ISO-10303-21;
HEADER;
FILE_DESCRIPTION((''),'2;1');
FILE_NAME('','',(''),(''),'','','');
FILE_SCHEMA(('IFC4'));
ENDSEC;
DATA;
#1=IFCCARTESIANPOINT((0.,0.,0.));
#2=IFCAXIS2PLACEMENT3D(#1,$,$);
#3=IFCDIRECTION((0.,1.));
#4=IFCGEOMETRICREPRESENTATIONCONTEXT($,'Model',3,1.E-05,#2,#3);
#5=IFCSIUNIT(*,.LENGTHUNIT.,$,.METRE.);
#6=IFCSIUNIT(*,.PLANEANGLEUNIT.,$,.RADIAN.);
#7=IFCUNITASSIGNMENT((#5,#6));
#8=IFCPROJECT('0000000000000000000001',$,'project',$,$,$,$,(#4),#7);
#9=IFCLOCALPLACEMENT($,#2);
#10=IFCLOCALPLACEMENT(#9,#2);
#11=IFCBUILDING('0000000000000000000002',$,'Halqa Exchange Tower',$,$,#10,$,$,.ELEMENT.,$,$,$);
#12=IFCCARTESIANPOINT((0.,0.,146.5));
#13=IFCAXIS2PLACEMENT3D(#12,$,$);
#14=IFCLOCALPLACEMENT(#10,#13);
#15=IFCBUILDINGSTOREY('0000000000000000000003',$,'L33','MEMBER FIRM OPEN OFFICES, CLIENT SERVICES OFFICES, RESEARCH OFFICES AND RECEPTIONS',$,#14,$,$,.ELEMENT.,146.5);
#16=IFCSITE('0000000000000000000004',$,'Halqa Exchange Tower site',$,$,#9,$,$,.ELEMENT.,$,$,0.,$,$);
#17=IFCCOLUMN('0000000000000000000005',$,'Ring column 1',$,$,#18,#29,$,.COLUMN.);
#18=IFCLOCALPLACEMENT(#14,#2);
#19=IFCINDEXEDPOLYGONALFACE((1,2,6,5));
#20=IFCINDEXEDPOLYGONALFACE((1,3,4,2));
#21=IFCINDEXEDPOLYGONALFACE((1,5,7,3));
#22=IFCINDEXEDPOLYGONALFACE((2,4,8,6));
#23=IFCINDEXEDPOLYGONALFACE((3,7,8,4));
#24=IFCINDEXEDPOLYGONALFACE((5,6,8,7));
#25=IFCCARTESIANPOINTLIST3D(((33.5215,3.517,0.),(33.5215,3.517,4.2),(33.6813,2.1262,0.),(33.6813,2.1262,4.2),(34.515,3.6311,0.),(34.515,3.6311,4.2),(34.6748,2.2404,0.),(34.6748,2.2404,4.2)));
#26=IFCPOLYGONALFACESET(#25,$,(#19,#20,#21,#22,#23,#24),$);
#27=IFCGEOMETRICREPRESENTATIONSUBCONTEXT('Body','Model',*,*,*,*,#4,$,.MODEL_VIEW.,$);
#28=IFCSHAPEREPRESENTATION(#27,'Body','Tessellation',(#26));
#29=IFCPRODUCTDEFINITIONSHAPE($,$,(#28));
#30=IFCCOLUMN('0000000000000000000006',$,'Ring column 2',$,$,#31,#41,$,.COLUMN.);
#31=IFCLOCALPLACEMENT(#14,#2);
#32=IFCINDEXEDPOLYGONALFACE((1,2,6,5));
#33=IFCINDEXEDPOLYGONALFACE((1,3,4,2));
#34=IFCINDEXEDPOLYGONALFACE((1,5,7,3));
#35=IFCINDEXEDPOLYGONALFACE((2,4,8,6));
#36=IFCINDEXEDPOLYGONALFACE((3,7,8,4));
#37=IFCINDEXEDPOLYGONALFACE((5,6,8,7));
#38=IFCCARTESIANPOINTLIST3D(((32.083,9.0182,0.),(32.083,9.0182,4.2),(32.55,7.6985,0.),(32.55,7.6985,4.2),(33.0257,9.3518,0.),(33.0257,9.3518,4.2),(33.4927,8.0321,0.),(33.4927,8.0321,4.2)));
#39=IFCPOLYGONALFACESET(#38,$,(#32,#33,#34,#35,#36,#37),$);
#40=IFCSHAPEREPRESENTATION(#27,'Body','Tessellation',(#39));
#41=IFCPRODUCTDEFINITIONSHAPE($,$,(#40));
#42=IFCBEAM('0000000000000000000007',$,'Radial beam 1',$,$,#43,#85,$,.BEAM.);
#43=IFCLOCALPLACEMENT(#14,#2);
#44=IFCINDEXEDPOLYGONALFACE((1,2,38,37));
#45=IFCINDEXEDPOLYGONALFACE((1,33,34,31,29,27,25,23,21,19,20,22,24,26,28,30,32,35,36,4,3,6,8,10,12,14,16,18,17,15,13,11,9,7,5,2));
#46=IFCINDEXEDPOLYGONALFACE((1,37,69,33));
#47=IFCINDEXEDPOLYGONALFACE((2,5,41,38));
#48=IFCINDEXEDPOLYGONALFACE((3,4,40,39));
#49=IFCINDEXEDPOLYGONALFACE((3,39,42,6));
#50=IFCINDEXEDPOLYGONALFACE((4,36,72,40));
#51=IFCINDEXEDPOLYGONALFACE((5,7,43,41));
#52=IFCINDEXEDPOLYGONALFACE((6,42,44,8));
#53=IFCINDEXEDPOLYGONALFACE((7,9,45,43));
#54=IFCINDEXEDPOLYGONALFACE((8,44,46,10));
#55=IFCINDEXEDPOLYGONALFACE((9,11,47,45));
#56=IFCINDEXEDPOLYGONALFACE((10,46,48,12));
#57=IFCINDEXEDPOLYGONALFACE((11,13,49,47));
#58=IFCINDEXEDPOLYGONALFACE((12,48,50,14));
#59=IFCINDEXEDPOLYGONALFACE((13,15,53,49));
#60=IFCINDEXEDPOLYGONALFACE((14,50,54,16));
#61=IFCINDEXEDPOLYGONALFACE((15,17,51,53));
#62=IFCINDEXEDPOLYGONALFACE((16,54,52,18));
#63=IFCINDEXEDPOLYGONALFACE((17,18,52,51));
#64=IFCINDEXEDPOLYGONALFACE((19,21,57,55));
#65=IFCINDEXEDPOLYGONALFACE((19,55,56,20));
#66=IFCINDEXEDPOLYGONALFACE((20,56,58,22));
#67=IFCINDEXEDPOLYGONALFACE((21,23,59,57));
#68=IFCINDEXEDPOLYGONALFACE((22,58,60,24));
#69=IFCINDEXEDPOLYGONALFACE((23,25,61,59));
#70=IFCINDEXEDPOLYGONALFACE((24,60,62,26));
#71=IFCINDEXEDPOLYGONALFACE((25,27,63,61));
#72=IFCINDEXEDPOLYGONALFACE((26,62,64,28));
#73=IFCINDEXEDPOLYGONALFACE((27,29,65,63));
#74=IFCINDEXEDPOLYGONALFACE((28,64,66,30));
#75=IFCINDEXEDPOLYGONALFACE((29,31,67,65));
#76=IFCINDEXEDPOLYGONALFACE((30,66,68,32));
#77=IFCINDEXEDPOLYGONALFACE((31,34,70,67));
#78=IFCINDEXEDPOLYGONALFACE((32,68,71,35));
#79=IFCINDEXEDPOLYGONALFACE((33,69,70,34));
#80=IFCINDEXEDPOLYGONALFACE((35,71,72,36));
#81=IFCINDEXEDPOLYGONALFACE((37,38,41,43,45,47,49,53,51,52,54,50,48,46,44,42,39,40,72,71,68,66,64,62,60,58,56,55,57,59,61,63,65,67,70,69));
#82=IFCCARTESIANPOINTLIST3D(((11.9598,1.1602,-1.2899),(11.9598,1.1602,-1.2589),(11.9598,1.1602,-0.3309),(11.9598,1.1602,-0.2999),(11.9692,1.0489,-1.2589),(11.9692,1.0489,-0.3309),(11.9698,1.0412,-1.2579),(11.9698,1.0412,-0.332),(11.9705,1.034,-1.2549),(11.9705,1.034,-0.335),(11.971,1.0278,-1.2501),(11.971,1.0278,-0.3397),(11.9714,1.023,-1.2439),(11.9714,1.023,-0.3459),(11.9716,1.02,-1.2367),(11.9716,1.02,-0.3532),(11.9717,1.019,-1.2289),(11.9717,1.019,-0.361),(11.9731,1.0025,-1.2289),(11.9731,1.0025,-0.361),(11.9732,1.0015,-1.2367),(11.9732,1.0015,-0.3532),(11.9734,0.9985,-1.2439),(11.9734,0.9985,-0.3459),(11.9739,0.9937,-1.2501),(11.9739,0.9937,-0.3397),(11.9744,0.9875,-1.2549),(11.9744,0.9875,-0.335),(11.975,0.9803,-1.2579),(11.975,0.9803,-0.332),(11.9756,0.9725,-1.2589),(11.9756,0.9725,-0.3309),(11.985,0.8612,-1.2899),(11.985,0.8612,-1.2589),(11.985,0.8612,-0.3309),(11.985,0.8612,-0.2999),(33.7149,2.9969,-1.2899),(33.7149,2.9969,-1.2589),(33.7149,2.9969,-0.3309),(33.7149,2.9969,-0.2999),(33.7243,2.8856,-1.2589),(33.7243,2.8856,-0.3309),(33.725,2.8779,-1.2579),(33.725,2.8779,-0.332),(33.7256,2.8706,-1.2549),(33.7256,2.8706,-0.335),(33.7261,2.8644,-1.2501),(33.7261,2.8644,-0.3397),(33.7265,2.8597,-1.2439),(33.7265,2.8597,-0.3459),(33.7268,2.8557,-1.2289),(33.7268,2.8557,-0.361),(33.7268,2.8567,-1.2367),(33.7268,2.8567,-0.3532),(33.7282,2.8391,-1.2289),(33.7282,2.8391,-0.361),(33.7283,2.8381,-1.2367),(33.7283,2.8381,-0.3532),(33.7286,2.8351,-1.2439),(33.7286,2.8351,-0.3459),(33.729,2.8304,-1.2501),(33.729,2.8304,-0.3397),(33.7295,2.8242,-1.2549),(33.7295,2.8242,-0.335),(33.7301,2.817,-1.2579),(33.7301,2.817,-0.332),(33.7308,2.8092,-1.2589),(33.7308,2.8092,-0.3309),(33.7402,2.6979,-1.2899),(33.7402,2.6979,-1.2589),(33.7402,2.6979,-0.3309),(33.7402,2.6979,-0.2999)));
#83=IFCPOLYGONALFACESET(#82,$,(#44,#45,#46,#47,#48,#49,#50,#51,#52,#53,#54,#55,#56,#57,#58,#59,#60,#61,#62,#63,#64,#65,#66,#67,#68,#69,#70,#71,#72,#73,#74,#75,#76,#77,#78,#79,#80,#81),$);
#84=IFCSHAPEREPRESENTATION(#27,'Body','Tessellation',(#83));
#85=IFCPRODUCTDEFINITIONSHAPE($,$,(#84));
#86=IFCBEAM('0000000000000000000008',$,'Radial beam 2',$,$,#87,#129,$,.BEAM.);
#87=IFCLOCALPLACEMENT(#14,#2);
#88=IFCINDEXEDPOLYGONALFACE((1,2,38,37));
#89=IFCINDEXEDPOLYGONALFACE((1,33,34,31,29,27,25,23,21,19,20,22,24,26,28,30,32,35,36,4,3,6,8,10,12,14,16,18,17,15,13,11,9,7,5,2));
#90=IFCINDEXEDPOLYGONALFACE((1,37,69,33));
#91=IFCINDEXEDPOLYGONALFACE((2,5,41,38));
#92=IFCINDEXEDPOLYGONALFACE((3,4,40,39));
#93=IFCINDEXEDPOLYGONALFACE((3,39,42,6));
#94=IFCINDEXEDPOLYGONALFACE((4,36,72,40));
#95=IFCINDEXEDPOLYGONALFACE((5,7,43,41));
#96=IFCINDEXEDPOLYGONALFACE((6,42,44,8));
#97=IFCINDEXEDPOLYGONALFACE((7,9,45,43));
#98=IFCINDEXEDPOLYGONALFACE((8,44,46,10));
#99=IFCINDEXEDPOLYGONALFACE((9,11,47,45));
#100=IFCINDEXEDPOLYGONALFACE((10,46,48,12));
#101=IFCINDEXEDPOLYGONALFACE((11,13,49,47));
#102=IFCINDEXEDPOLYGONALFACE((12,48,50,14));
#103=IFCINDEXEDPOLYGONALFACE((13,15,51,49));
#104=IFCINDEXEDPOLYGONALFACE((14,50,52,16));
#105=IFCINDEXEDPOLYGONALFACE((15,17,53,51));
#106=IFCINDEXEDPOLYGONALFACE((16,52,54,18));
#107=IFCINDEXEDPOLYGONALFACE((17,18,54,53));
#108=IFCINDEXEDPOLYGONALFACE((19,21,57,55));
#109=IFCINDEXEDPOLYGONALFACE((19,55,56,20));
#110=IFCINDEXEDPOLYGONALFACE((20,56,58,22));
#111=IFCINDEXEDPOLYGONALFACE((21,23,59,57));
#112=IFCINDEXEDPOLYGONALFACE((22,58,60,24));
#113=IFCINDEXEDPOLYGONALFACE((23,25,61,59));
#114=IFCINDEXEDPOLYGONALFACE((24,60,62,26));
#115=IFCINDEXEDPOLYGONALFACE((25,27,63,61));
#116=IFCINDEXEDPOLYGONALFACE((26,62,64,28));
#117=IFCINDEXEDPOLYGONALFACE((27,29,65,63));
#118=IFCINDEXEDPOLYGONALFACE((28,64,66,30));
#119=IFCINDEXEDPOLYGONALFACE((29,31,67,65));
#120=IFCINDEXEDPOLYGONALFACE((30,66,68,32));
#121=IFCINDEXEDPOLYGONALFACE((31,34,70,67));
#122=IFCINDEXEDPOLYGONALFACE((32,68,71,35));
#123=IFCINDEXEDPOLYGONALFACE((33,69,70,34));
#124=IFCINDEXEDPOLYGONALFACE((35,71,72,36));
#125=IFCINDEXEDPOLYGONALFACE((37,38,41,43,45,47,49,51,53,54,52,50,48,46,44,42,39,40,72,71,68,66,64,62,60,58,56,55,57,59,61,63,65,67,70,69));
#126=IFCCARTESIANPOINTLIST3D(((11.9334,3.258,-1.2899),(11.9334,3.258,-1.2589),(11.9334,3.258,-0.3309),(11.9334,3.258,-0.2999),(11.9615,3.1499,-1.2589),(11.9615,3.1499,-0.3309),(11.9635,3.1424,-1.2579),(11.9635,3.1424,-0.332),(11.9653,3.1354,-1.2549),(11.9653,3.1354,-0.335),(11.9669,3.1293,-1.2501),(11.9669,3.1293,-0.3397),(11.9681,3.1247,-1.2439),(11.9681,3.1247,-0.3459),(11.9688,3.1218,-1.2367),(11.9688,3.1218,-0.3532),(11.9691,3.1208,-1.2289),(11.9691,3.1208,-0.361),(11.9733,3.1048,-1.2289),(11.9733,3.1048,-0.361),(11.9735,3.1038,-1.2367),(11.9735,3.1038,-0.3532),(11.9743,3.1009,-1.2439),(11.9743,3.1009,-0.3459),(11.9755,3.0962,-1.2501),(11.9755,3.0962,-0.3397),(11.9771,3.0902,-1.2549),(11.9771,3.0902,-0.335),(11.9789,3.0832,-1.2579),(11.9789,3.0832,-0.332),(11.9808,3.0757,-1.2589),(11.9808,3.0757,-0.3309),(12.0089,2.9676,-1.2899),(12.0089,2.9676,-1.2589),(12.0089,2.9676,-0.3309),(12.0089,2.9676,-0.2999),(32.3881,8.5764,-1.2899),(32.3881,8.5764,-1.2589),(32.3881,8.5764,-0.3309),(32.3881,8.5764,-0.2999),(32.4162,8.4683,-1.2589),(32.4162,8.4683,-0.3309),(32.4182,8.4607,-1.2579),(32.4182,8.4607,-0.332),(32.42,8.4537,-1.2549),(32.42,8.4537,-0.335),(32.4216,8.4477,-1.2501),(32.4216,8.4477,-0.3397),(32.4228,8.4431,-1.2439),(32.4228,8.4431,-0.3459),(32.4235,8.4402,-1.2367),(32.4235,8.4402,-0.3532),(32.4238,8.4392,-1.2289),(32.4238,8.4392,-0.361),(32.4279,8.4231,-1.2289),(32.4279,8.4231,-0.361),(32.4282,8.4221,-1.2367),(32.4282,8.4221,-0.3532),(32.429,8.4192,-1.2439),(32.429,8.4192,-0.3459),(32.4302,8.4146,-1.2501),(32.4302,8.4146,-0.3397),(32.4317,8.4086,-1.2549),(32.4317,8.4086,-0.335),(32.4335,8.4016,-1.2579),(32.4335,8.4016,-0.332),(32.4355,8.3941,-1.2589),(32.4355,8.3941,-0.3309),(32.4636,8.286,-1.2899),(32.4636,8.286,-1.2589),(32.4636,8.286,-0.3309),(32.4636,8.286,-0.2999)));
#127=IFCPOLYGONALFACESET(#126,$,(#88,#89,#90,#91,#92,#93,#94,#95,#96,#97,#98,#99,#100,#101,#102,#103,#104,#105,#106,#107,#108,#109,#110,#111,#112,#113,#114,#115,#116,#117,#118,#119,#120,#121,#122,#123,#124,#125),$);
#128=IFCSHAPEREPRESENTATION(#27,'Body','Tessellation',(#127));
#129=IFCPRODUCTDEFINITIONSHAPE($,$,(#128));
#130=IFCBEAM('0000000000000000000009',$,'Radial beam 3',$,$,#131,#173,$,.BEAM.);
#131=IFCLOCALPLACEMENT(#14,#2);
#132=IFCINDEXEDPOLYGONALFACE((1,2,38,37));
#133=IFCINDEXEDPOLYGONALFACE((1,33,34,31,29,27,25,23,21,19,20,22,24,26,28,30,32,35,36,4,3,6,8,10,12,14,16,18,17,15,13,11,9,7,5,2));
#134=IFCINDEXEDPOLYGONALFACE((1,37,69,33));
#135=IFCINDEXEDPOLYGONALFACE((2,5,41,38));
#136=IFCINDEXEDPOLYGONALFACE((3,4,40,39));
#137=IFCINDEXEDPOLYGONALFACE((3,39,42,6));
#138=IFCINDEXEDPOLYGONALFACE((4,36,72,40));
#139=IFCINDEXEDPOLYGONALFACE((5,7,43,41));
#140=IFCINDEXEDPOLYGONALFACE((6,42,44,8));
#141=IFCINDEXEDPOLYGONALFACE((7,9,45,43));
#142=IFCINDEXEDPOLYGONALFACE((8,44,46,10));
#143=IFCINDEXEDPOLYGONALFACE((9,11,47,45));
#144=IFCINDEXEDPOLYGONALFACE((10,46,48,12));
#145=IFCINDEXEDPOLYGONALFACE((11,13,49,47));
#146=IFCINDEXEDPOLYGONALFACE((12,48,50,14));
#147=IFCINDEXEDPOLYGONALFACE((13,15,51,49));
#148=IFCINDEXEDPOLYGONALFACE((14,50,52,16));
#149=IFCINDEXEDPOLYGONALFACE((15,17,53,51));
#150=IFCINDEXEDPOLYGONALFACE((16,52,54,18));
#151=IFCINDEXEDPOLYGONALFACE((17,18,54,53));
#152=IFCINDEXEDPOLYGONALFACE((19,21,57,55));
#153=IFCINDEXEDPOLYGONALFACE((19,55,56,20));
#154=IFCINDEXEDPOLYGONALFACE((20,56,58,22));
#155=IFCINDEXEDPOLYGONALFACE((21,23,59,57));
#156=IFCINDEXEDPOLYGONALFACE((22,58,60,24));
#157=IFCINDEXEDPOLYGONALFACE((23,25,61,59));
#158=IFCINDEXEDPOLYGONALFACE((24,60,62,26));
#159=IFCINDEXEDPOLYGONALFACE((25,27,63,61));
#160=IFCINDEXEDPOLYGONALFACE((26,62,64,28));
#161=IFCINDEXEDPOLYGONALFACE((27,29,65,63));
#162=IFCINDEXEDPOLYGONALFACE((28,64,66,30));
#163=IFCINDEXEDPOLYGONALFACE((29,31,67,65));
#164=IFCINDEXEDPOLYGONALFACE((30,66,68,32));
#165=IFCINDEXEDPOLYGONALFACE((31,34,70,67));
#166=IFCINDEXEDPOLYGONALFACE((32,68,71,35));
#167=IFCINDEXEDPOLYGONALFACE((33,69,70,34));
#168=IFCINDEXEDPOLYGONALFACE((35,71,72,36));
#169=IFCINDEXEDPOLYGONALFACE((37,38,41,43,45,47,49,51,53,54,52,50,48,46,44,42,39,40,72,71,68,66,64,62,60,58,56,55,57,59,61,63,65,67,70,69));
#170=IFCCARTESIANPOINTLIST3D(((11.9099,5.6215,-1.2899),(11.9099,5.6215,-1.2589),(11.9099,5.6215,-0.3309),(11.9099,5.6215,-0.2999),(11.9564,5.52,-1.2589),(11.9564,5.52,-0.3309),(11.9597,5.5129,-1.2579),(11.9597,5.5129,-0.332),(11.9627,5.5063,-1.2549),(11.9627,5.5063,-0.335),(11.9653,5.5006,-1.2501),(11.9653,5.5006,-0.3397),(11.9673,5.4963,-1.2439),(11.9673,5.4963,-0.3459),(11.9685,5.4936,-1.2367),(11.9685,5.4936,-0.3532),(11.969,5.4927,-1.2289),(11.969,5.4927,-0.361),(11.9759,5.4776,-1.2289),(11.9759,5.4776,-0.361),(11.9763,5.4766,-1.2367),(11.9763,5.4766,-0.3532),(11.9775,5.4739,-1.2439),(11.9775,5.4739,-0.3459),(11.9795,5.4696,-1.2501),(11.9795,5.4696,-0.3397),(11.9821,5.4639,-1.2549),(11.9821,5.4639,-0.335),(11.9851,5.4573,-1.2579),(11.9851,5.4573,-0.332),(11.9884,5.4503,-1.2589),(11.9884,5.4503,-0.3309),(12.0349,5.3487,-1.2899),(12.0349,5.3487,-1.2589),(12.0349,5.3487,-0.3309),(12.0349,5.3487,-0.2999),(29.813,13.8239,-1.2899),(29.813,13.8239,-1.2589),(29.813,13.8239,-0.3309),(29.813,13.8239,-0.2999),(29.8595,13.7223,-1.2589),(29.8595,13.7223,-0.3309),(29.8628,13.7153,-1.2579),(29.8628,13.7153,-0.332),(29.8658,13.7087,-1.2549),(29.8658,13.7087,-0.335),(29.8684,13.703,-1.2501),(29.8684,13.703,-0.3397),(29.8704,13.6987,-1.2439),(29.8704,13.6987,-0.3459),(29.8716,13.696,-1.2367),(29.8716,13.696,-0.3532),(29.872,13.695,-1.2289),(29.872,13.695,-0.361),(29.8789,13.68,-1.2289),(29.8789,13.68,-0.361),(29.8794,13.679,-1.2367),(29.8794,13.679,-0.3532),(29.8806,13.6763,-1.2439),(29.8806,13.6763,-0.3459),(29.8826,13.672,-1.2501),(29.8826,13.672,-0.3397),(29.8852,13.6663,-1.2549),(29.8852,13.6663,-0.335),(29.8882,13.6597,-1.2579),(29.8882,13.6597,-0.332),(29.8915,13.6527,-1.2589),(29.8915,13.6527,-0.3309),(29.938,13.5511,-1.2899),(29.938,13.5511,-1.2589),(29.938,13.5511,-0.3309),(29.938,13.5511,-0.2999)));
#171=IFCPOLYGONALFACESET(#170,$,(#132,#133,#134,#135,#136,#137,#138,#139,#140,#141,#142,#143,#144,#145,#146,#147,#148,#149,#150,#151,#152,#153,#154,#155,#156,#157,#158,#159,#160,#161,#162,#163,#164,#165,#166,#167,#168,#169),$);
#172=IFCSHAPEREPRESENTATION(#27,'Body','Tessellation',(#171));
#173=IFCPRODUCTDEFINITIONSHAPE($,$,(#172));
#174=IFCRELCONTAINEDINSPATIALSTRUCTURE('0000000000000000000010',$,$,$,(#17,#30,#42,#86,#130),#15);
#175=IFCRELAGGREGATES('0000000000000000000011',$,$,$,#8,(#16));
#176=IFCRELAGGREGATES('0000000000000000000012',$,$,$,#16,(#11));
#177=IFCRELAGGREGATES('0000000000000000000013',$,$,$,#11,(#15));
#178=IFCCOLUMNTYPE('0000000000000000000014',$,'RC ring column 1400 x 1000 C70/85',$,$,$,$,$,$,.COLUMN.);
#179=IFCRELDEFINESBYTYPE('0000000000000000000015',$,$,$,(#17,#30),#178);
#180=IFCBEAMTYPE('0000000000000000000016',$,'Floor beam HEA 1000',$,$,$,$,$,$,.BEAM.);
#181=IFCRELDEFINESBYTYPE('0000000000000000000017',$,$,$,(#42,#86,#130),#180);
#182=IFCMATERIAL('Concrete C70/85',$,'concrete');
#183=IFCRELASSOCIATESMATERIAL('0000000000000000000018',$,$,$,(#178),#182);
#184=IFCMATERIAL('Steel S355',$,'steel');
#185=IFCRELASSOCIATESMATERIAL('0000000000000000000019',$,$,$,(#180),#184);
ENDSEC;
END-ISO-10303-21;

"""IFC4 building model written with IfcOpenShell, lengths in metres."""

from ifc_helpers import new_model, si_unit, direction, frame, origin, origin_2d, place, context, subcontext, project, spatial, rectangle, i_section, extrude, material, material_profile, profile_set, type_object, element, save


model = new_model("IFC4")

# Units and contexts
model_context = context("Model", 3, precision=1e-05, world=origin(), true_north=direction((0.0, 1.0)))
body_context = subcontext(model_context, "Body", "Model", "MODEL_VIEW")
ifc_project = project(units=[si_unit("LENGTHUNIT", "METRE"), si_unit("PLANEANGLEUNIT", "RADIAN")], contexts=[model_context])

# Site, building, storey
site_placement = place(None, origin())
site = spatial("IfcSite", under=ifc_project, at=site_placement, Name="Halqa Exchange Tower site", CompositionType="ELEMENT", RefElevation=0.0)
building_placement = place(site_placement, origin())
building = spatial("IfcBuilding", under=site, at=building_placement, Name="Halqa Exchange Tower", CompositionType="ELEMENT")
storey_placement = place(building_placement, frame((0.0, 0.0, 146.5)))
storey = spatial("IfcBuildingStorey", under=building, at=storey_placement, Name="L33", Description="MEMBER FIRM OPEN OFFICES, CLIENT SERVICES OFFICES, RESEARCH OFFICES AND RECEPTIONS", CompositionType="ELEMENT", Elevation=146.5)

# Columns
ifc_material_1 = material(Name="Concrete C70/85", Category="concrete")
ifc_material_profile_1 = material_profile(ifc_material_1, rectangle(XDim=1.3999, YDim=1.0, at=origin_2d()), Name="1400 x 1000")
ifc_profile_set_1 = profile_set([ifc_material_profile_1], Name="Concrete C70/85")
column_type = type_object("IfcColumnType", Name="RC ring column 1400 x 1000 C70/85", PredefinedType="COLUMN", material=ifc_profile_set_1)
for number, where, z_axis, x_axis, name in (
    (1, (34.0981, 2.8787, 0.0), (0.0, 0.0, 1.0), (-0.114159, 0.993463, 0.0), "Ring column 1"),
    (2, (32.7878, 8.5251, 0.0), (0.0, 0.0, 1.0), (-0.333629, 0.942704, 0.0), "Ring column 2"),
):
    element("IfcColumn", number, at=place(storey_placement, frame(where, z_axis=z_axis, x_axis=x_axis)), inside=storey, type_object=column_type, Name=name, PredefinedType="COLUMN", context=body_context, shape_type="SweptSolid", body=[
        extrude(rectangle(XDim=1.3999, YDim=1.0, at=origin_2d()), origin(), (0.0, 0.0, 1.0), 4.2),
    ])

# Beams
ifc_material_2 = material(Name="Steel S355", Category="steel")
ifc_material_profile_2 = material_profile(ifc_material_2, i_section(OverallWidth=0.3, OverallDepth=0.99, WebThickness=0.0166, FlangeThickness=0.031, FilletRadius=0.03, at=origin_2d()), Name="HEA 1000")
ifc_profile_set_2 = profile_set([ifc_material_profile_2], Name="Steel S355")
beam_type_1 = type_object("IfcBeamType", Name="Floor beam HEA 1000", PredefinedType="BEAM", material=ifc_profile_set_2)
beam_1_placement = place(storey_placement, frame((11.9724, 1.0107, -0.7949), z_axis=(0.996455, 0.084125, 0.0), x_axis=(-0.084125, 0.996455, 0.0)))
element("IfcBeam", 3, at=beam_1_placement, inside=storey, type_object=beam_type_1, Name="Radial beam 1", PredefinedType="BEAM", context=body_context, shape_type="SweptSolid", body=[
    extrude(i_section(OverallWidth=0.3, OverallDepth=0.99, WebThickness=0.0166, FlangeThickness=0.031, FilletRadius=0.03, at=origin_2d()), origin(), (0.0, 0.0, 1.0), 21.8325),
])
beam_2_placement = place(storey_placement, frame((11.9712, 3.1128, -0.7949), z_axis=(0.967821, 0.251641, 0.0), x_axis=(-0.251641, 0.967821, 0.0)))
element("IfcBeam", 4, at=beam_2_placement, inside=storey, type_object=beam_type_1, Name="Radial beam 2", PredefinedType="BEAM", context=body_context, shape_type="SweptSolid", body=[
    extrude(i_section(OverallWidth=0.3, OverallDepth=0.99, WebThickness=0.0166, FlangeThickness=0.031, FilletRadius=0.03, at=origin_2d()), origin(), (0.0, 0.0, 1.0), 21.1348),
])
beam_3_placement = place(storey_placement, frame((11.9724, 5.4851, -0.7949), z_axis=(0.909126, 0.416521, 0.0), x_axis=(-0.416521, 0.909126, 0.0)))
element("IfcBeam", 5, at=beam_3_placement, inside=storey, type_object=beam_type_1, Name="Radial beam 3", PredefinedType="BEAM", context=body_context, shape_type="SweptSolid", body=[
    extrude(i_section(OverallWidth=0.3, OverallDepth=0.99, WebThickness=0.0166, FlangeThickness=0.031, FilletRadius=0.03, at=origin_2d()), origin(), (0.0, 0.0, 1.0), 19.6926),
])

save(model, "model.ifc")
